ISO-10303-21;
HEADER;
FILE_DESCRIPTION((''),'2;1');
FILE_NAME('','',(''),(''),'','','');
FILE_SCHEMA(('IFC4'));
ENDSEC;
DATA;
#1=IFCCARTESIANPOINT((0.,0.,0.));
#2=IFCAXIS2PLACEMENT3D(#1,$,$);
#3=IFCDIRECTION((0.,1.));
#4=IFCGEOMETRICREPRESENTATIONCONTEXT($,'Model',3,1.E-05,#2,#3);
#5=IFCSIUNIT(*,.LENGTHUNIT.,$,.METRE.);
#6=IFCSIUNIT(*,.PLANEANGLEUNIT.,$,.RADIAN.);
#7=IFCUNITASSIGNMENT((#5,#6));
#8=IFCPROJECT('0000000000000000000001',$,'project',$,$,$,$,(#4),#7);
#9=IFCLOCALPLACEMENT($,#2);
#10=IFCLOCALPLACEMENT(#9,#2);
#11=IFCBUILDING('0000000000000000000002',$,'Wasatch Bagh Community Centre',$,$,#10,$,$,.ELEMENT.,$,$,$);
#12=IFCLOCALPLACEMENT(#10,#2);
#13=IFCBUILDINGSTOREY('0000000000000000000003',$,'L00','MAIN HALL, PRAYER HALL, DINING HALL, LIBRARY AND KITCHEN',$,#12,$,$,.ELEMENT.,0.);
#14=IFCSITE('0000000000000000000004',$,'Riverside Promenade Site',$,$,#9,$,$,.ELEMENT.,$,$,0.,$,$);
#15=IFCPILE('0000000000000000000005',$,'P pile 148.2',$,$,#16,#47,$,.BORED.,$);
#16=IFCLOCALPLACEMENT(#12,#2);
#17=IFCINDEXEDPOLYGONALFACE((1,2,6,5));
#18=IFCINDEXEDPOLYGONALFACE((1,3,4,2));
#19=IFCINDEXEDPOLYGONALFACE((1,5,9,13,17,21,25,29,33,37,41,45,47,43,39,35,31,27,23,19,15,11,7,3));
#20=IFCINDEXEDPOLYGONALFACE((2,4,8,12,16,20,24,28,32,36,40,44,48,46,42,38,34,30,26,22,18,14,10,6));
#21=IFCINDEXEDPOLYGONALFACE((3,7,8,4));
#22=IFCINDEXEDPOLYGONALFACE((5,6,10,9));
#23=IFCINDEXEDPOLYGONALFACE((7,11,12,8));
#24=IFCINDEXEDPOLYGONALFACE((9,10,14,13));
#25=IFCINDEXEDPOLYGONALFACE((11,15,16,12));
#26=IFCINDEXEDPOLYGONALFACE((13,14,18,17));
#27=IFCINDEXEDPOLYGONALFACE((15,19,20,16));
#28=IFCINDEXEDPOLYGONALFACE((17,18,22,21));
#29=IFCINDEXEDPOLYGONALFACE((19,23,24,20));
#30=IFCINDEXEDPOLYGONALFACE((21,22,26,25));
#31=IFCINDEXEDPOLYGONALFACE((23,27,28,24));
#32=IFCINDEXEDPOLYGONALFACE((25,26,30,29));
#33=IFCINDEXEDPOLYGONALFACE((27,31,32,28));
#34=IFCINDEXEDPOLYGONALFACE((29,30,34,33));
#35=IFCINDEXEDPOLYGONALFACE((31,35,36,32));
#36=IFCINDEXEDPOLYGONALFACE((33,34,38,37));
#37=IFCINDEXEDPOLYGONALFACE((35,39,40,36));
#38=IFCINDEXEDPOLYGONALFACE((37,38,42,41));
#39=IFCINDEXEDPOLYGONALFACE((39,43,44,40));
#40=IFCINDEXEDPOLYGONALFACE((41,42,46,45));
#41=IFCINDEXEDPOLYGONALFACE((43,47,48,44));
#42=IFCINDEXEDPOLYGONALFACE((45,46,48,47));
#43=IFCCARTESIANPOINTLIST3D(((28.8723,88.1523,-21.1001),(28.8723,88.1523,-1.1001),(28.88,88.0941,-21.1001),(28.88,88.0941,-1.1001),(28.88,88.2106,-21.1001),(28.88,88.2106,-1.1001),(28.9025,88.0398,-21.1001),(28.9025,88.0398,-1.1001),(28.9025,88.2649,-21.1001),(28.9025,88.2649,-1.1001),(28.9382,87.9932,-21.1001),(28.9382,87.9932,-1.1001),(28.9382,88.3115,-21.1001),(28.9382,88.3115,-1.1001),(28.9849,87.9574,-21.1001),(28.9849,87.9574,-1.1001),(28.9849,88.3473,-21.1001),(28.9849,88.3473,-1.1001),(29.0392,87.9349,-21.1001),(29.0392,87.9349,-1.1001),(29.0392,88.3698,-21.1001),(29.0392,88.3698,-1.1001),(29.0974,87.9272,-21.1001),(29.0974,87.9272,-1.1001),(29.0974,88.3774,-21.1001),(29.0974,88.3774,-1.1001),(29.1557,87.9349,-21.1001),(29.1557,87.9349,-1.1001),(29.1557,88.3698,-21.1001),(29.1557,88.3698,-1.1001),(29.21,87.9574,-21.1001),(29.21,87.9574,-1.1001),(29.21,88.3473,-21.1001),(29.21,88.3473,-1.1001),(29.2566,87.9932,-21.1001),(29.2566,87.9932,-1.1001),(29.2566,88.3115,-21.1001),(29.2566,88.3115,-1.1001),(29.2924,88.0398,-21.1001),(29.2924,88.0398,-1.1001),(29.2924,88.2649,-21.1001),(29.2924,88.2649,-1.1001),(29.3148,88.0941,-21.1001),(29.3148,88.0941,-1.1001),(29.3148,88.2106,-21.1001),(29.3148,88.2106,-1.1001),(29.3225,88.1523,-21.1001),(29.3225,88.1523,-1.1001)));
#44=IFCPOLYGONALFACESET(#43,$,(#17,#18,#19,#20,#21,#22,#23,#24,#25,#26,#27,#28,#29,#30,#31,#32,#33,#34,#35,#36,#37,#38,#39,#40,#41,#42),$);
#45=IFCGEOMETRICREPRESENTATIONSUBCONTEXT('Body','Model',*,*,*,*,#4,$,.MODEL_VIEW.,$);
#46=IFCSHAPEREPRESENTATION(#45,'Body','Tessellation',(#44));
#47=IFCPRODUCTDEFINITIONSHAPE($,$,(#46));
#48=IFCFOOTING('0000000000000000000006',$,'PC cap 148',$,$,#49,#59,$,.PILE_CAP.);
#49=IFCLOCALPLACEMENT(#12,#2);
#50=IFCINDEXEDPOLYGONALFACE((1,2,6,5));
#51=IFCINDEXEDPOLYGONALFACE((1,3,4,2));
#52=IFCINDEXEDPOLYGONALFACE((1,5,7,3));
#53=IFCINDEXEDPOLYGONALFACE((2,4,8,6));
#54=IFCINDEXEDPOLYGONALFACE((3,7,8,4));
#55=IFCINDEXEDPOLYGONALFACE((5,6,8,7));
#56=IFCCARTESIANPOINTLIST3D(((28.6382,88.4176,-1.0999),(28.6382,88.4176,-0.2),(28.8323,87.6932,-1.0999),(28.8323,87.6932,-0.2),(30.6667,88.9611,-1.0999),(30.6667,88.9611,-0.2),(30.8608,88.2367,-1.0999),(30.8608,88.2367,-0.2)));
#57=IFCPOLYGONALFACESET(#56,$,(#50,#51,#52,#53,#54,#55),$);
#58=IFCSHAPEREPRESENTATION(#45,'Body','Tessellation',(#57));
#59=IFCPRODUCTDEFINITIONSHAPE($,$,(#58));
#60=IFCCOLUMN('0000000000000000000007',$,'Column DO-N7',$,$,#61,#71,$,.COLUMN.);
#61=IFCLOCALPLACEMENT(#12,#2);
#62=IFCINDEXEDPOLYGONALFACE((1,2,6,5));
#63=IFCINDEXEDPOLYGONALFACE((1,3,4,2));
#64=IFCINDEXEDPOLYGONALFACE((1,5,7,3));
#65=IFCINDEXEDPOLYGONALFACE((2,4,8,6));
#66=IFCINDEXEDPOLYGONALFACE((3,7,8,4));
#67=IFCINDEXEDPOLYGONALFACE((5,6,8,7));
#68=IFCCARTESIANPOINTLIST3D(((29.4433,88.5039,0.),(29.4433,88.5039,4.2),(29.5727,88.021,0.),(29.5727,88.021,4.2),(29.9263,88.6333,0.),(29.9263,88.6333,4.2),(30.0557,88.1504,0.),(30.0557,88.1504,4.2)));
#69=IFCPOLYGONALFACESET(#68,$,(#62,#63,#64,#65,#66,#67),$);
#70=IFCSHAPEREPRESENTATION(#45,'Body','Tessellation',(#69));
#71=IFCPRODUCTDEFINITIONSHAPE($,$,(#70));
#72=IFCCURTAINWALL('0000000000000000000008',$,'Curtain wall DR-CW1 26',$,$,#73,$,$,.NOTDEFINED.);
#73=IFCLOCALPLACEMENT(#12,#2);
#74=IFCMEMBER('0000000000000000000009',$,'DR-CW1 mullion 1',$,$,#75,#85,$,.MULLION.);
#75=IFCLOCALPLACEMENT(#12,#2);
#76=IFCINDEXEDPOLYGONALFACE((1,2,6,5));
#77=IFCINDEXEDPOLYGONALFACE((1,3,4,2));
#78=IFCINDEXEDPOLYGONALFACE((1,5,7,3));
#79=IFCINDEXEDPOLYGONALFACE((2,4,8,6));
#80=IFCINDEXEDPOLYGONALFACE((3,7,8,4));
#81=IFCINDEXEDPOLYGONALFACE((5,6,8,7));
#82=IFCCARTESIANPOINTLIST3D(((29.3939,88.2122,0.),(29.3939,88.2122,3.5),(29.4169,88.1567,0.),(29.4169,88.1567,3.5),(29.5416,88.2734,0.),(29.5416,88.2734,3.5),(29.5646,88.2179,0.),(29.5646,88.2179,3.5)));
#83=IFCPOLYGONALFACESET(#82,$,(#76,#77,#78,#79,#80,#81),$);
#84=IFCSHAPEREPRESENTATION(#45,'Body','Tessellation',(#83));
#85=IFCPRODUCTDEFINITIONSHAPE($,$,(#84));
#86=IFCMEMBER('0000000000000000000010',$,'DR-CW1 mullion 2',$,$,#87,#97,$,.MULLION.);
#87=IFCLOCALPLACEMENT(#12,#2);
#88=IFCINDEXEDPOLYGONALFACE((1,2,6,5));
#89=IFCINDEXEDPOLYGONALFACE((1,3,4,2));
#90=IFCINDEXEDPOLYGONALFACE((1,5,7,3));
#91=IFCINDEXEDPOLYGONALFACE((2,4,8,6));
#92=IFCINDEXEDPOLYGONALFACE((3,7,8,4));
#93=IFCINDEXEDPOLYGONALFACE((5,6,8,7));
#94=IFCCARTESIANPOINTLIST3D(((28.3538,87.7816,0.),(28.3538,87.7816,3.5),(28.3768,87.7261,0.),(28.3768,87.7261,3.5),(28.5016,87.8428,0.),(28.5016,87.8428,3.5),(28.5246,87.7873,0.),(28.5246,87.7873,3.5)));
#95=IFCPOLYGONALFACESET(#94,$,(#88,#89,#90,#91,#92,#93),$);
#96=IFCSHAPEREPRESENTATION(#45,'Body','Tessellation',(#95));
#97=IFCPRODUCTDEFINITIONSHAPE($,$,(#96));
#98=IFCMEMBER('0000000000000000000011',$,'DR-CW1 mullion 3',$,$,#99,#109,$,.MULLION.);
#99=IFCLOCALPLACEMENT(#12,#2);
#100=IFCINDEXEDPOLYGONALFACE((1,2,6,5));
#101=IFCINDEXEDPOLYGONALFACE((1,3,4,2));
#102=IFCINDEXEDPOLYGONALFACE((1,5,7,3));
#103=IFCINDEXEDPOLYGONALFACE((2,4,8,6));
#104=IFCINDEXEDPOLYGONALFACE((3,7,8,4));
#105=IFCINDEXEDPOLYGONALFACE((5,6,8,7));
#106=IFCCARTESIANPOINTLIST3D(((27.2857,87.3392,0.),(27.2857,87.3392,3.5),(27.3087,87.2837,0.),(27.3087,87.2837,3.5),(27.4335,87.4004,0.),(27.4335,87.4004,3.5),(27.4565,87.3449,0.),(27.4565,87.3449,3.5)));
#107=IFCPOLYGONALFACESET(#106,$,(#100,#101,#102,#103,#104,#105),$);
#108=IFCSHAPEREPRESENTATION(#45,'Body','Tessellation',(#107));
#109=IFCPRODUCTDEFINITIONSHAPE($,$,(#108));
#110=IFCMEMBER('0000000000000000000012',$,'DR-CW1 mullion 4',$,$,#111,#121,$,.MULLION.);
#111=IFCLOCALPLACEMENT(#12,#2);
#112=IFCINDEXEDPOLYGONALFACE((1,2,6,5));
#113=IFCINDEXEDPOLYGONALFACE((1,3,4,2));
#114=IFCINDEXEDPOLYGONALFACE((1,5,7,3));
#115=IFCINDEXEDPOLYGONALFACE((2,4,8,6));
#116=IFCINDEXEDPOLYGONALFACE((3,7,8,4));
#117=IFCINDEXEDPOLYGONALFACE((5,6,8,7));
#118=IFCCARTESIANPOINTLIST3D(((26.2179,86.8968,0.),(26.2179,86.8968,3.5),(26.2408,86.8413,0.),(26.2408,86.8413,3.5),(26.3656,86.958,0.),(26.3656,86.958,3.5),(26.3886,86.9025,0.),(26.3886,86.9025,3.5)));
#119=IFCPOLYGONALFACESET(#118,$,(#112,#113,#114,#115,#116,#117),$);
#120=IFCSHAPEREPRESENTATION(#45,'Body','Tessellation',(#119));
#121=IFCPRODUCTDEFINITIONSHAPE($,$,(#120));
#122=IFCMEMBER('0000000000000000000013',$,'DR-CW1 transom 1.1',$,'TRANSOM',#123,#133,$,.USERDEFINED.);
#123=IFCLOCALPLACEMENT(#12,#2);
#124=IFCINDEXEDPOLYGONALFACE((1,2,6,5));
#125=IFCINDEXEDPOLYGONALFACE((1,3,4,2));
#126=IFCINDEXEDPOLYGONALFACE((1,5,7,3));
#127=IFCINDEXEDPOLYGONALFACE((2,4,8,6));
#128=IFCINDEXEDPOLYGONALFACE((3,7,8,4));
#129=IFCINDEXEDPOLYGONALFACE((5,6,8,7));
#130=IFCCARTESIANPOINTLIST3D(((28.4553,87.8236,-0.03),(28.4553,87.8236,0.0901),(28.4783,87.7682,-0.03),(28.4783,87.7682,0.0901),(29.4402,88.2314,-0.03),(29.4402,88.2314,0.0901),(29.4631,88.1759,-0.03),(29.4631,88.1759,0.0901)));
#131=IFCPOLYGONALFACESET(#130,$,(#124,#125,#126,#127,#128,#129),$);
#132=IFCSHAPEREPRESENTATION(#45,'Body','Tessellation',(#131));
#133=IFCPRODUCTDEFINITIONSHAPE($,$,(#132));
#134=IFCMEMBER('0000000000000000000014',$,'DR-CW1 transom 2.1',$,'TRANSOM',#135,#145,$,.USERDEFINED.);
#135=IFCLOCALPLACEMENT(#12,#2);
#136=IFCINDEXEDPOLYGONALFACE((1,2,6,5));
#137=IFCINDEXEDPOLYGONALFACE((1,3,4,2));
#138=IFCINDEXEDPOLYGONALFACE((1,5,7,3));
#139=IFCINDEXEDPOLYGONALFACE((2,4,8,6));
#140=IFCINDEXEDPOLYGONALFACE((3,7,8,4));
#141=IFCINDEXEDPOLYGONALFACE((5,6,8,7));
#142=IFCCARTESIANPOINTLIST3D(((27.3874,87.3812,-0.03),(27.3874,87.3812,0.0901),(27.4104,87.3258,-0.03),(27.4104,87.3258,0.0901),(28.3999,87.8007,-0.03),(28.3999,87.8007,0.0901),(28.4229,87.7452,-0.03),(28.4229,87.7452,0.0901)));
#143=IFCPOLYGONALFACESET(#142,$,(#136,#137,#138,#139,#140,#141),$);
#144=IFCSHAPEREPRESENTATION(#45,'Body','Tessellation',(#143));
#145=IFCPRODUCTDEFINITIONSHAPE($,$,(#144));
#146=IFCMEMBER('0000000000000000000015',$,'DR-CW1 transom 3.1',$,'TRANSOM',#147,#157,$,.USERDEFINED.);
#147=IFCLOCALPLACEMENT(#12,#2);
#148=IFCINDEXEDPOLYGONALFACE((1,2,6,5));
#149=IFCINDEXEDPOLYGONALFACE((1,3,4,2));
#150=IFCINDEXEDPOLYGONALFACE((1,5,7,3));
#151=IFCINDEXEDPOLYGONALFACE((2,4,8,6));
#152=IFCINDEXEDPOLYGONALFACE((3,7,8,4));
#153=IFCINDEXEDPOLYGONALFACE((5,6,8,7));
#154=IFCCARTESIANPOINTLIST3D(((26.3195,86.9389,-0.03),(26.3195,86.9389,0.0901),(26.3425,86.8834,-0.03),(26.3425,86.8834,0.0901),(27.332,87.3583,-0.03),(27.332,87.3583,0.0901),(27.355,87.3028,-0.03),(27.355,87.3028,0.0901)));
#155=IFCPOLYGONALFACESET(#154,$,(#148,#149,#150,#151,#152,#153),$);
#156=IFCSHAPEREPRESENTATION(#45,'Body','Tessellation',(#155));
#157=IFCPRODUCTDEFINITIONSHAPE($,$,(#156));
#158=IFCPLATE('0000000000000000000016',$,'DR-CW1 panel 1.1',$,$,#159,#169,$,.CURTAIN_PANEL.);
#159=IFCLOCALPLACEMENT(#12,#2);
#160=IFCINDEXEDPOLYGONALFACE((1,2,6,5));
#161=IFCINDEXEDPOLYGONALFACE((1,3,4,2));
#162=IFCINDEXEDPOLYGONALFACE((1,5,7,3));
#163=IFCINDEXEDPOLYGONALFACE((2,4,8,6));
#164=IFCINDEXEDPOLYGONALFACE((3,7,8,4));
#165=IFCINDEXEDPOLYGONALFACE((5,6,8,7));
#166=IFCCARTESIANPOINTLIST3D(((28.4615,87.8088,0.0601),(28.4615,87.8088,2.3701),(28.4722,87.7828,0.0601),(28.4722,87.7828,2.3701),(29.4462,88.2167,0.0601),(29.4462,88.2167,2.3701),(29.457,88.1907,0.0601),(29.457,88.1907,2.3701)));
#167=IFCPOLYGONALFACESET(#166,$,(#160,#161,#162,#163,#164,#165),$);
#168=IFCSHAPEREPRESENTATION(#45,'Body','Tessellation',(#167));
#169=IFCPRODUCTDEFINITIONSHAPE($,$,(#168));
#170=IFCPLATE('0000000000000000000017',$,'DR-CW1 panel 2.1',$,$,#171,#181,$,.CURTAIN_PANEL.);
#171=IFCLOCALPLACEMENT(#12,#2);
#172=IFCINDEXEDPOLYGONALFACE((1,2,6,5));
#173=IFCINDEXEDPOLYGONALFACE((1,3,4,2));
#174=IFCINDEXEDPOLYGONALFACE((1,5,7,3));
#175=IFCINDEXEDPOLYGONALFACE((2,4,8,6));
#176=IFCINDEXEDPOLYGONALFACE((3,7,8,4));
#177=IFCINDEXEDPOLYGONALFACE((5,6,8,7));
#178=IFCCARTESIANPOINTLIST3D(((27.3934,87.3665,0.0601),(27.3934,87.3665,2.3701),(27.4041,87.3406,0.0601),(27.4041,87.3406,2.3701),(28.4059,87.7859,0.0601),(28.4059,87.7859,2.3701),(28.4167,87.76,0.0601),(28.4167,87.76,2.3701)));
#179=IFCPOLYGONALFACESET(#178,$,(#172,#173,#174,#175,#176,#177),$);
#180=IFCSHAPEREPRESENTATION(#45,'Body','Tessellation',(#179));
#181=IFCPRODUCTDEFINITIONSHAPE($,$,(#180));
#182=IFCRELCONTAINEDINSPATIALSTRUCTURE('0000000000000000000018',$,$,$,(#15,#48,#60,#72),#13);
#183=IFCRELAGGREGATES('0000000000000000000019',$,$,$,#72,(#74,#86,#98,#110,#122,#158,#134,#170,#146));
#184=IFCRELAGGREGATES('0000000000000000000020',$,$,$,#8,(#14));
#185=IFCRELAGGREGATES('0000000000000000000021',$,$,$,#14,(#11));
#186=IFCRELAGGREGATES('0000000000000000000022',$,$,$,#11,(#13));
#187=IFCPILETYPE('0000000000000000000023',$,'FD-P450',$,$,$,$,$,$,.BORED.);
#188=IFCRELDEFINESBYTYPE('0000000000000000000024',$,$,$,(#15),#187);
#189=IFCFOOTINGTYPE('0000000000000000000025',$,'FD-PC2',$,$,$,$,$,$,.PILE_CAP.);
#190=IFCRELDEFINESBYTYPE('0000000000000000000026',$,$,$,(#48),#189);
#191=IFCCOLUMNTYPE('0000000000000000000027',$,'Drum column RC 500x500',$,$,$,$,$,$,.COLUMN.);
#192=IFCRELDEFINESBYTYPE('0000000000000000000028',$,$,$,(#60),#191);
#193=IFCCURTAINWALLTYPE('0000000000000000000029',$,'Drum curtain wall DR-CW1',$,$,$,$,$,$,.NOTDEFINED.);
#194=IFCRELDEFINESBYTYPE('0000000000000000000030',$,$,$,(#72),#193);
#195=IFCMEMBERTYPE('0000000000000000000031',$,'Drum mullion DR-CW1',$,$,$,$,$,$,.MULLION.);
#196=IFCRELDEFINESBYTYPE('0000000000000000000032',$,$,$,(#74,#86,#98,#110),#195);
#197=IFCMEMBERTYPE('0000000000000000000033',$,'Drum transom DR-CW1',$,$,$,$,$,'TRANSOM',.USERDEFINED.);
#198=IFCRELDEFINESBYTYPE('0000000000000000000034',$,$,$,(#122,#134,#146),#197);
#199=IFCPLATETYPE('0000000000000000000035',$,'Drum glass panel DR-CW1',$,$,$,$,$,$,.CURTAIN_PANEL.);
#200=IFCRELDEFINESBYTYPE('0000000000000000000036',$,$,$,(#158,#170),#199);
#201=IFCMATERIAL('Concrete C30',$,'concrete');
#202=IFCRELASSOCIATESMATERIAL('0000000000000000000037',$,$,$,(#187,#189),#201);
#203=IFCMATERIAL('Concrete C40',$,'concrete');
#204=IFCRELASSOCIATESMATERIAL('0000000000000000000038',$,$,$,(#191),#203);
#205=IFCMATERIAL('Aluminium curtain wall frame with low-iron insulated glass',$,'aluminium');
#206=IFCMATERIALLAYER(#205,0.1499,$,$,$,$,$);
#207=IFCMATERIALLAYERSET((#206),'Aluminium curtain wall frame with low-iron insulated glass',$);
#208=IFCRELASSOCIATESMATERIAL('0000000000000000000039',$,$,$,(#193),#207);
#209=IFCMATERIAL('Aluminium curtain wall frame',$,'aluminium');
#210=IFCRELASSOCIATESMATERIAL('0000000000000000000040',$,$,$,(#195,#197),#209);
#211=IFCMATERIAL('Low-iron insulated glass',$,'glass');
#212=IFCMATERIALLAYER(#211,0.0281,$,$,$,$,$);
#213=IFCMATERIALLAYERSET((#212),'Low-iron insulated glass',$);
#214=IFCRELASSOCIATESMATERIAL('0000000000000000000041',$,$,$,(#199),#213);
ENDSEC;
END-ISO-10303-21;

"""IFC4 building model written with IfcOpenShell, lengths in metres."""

from ifc_helpers import new_model, si_unit, direction, frame, origin, origin_2d, place, context, subcontext, project, spatial, rectangle, circle, extrude, material, layer, layer_set, material_profile, profile_set, type_object, element, aggregate, save


model = new_model("IFC4")

# Units and contexts
model_context = context("Model", 3, precision=1e-05, world=origin(), true_north=direction((0.0, 1.0)))
body_context = subcontext(model_context, "Body", "Model", "MODEL_VIEW")
ifc_project = project(units=[si_unit("LENGTHUNIT", "METRE"), si_unit("PLANEANGLEUNIT", "RADIAN")], contexts=[model_context])

# Site, building, storey
site_placement = place(None, origin())
site = spatial("IfcSite", under=ifc_project, at=site_placement, Name="Riverside Promenade Site", CompositionType="ELEMENT", RefElevation=0.0)
building_placement = place(site_placement, origin())
building = spatial("IfcBuilding", under=site, at=building_placement, Name="Wasatch Bagh Community Centre", CompositionType="ELEMENT")
storey_placement = place(building_placement, origin())
storey = spatial("IfcBuildingStorey", under=building, at=storey_placement, Name="L00", Description="MAIN HALL, PRAYER HALL, DINING HALL, LIBRARY AND KITCHEN", CompositionType="ELEMENT", Elevation=0.0)

# Pile
ifc_material_1 = material(Name="Concrete C30", Category="concrete")
ifc_material_profile_1 = material_profile(ifc_material_1, circle(Radius=0.2251, at=origin_2d()), Name="RC D450")
ifc_profile_set_1 = profile_set([ifc_material_profile_1], Name="Concrete C30")
pile_type = type_object("IfcPileType", Name="FD-P450", PredefinedType="BORED", material=ifc_profile_set_1)
pile_placement = place(storey_placement, frame((29.0974, 88.1523, -1.1001), z_axis=(0.0, 0.0, -1.0), x_axis=(1.0, 0.0, 0.0)))
element("IfcPile", 1, at=pile_placement, inside=storey, type_object=pile_type, Name="P pile 148.2", PredefinedType="BORED", context=body_context, shape_type="SweptSolid", body=[
    extrude(circle(Radius=0.2251, at=origin_2d()), origin(), (0.0, 0.0, 1.0), 20.0),
])

# Footing
footing_type = type_object("IfcFootingType", Name="FD-PC2", PredefinedType="PILE_CAP", material=ifc_material_1)
footing_placement = place(storey_placement, frame((29.7495, 88.3271, -1.0999), z_axis=(0.0, 0.0, 1.0), x_axis=(-0.965926, -0.258819, 0.0)))
element("IfcFooting", 2, at=footing_placement, inside=storey, type_object=footing_type, Name="PC cap 148", PredefinedType="PILE_CAP", context=body_context, shape_type="SweptSolid", body=[
    extrude(rectangle(XDim=2.1001, YDim=0.75, at=origin_2d()), origin(), (0.0, 0.0, 1.0), 0.8999),
])

# Column
ifc_material_2 = material(Name="Concrete C40", Category="concrete")
ifc_material_profile_2 = material_profile(ifc_material_2, rectangle(XDim=0.5, YDim=0.5, at=origin_2d()), Name="RC 500x500")
ifc_profile_set_2 = profile_set([ifc_material_profile_2], Name="Concrete C40")
column_type = type_object("IfcColumnType", Name="Drum column RC 500x500", PredefinedType="COLUMN", material=ifc_profile_set_2)
column_placement = place(storey_placement, frame((29.7495, 88.3271, 0.0), z_axis=(0.0, 0.0, 1.0), x_axis=(0.965926, 0.258819, 0.0)))
element("IfcColumn", 3, at=column_placement, inside=storey, type_object=column_type, Name="Column DO-N7", PredefinedType="COLUMN", context=body_context, shape_type="SweptSolid", body=[
    extrude(rectangle(XDim=0.5, YDim=0.5, at=origin_2d()), origin(), (0.0, 0.0, 1.0), 4.2),
])

# Curtain wall, members, plates
ifc_material_3 = material(Name="Aluminium curtain wall frame with low-iron insulated glass", Category="aluminium")
ifc_layer_1 = layer(ifc_material_3, 0.1499)
ifc_layer_set_1 = layer_set([ifc_layer_1], Name="Aluminium curtain wall frame with low-iron insulated glass")
curtain_wall_type = type_object("IfcCurtainWallType", Name="Drum curtain wall DR-CW1", PredefinedType="NOTDEFINED", material=ifc_layer_set_1)
curtain_wall_placement = place(storey_placement, origin())
curtain_wall = element("IfcCurtainWall", 4, at=curtain_wall_placement, inside=storey, type_object=curtain_wall_type, Name="Curtain wall DR-CW1 26", PredefinedType="NOTDEFINED")
ifc_material_4 = material(Name="Aluminium curtain wall frame", Category="aluminium")
ifc_material_profile_3 = material_profile(ifc_material_4, rectangle(XDim=0.0601, YDim=0.1599, at=origin_2d()), Name="Drum mullion DR-CW1")
ifc_profile_set_3 = profile_set([ifc_material_profile_3], Name="Aluminium curtain wall frame")
member_type_1 = type_object("IfcMemberType", Name="Drum mullion DR-CW1", PredefinedType="MULLION", material=ifc_profile_set_3)
member_1_placement = place(storey_placement, frame((29.4792, 88.2151, 0.0), z_axis=(0.0, 0.0, 1.0), x_axis=(0.382683, -0.92388, 0.0)))
member_1 = element("IfcMember", 5, at=member_1_placement, type_object=member_type_1, Name="DR-CW1 mullion 1", PredefinedType="MULLION", context=body_context, shape_type="SweptSolid", body=[
    extrude(rectangle(XDim=0.0601, YDim=0.1599, at=origin_2d()), origin(), (0.0, 0.0, 1.0), 3.5),
])
member_2_placement = place(storey_placement, frame((28.4392, 87.7844, 0.0), z_axis=(0.0, 0.0, 1.0), x_axis=(0.382683, -0.92388, 0.0)))
member_2 = element("IfcMember", 6, at=member_2_placement, type_object=member_type_1, Name="DR-CW1 mullion 2", PredefinedType="MULLION", context=body_context, shape_type="SweptSolid", body=[
    extrude(rectangle(XDim=0.0601, YDim=0.1599, at=origin_2d()), origin(), (0.0, 0.0, 1.0), 3.5),
])
member_3_placement = place(storey_placement, frame((27.3711, 87.342, 0.0), z_axis=(0.0, 0.0, 1.0), x_axis=(0.382683, -0.92388, 0.0)))
member_3 = element("IfcMember", 7, at=member_3_placement, type_object=member_type_1, Name="DR-CW1 mullion 3", PredefinedType="MULLION", context=body_context, shape_type="SweptSolid", body=[
    extrude(rectangle(XDim=0.0601, YDim=0.1599, at=origin_2d()), origin(), (0.0, 0.0, 1.0), 3.5),
])
member_4_placement = place(storey_placement, frame((26.3032, 86.8997, 0.0), z_axis=(0.0, 0.0, 1.0), x_axis=(0.382683, -0.92388, 0.0)))
member_4 = element("IfcMember", 8, at=member_4_placement, type_object=member_type_1, Name="DR-CW1 mullion 4", PredefinedType="MULLION", context=body_context, shape_type="SweptSolid", body=[
    extrude(rectangle(XDim=0.0601, YDim=0.1599, at=origin_2d()), origin(), (0.0, 0.0, 1.0), 3.5),
])
ifc_material_profile_4 = material_profile(ifc_material_4, rectangle(XDim=0.0601, YDim=0.1201, at=origin_2d()), Name="Drum transom DR-CW1")
ifc_profile_set_4 = profile_set([ifc_material_profile_4], Name="Aluminium curtain wall frame")
member_type_2 = type_object("IfcMemberType", Name="Drum transom DR-CW1", ElementType="TRANSOM", PredefinedType="USERDEFINED", material=ifc_profile_set_4)
member_5_placement = place(storey_placement, frame((29.4517, 88.2036, 0.03), z_axis=(-0.923955, -0.3825, 0.0), x_axis=(0.3825, -0.923955, 0.0)))
member_5 = element("IfcMember", 9, at=member_5_placement, type_object=member_type_2, Name="DR-CW1 transom 1.1", ObjectType="TRANSOM", PredefinedType="USERDEFINED", context=body_context, shape_type="SweptSolid", body=[
    extrude(rectangle(XDim=0.0601, YDim=0.1201, at=origin_2d()), origin(), (0.0, 0.0, 1.0), 1.0659),
])
member_6_placement = place(storey_placement, frame((28.4114, 87.7729, 0.03), z_axis=(-0.923859, -0.382732, 0.0), x_axis=(0.382732, -0.923859, 0.0)))
member_6 = element("IfcMember", 10, at=member_6_placement, type_object=member_type_2, Name="DR-CW1 transom 2.1", ObjectType="TRANSOM", PredefinedType="USERDEFINED", context=body_context, shape_type="SweptSolid", body=[
    extrude(rectangle(XDim=0.0601, YDim=0.1201, at=origin_2d()), origin(), (0.0, 0.0, 1.0), 1.0959),
])
member_7_placement = place(storey_placement, frame((27.3435, 87.3306, 0.03), z_axis=(-0.923859, -0.382732, 0.0), x_axis=(0.382732, -0.923859, 0.0)))
member_7 = element("IfcMember", 11, at=member_7_placement, type_object=member_type_2, Name="DR-CW1 transom 3.1", ObjectType="TRANSOM", PredefinedType="USERDEFINED", context=body_context, shape_type="SweptSolid", body=[
    extrude(rectangle(XDim=0.0601, YDim=0.1201, at=origin_2d()), origin(), (0.0, 0.0, 1.0), 1.0959),
])
ifc_material_5 = material(Name="Low-iron insulated glass", Category="glass")
ifc_layer_2 = layer(ifc_material_5, 0.0281)
ifc_layer_set_2 = layer_set([ifc_layer_2], Name="Low-iron insulated glass")
plate_type = type_object("IfcPlateType", Name="Drum glass panel DR-CW1", PredefinedType="CURTAIN_PANEL", material=ifc_layer_set_2)
plate_1_placement = place(storey_placement, frame((28.9592, 87.9998, 0.0601), z_axis=(0.0, 0.0, 1.0), x_axis=(-0.92388, -0.382683, 0.0)))
plate_1 = element("IfcPlate", 12, at=plate_1_placement, type_object=plate_type, Name="DR-CW1 panel 1.1", PredefinedType="CURTAIN_PANEL", context=body_context, shape_type="SweptSolid", body=[
    extrude(rectangle(XDim=1.0659, YDim=0.0281, at=origin_2d()), origin(), (0.0, 0.0, 1.0), 2.3101),
])
plate_2_placement = place(storey_placement, frame((27.905, 87.5632, 0.0601), z_axis=(0.0, 0.0, 1.0), x_axis=(-0.92388, -0.382683, 0.0)))
plate_2 = element("IfcPlate", 13, at=plate_2_placement, type_object=plate_type, Name="DR-CW1 panel 2.1", PredefinedType="CURTAIN_PANEL", context=body_context, shape_type="SweptSolid", body=[
    extrude(rectangle(XDim=1.0959, YDim=0.0281, at=origin_2d()), origin(), (0.0, 0.0, 1.0), 2.3101),
])
aggregate(curtain_wall, [member_1, member_2, member_3, member_4, member_5, plate_1, member_6, plate_2, member_7])

save(model, "model.ifc")
